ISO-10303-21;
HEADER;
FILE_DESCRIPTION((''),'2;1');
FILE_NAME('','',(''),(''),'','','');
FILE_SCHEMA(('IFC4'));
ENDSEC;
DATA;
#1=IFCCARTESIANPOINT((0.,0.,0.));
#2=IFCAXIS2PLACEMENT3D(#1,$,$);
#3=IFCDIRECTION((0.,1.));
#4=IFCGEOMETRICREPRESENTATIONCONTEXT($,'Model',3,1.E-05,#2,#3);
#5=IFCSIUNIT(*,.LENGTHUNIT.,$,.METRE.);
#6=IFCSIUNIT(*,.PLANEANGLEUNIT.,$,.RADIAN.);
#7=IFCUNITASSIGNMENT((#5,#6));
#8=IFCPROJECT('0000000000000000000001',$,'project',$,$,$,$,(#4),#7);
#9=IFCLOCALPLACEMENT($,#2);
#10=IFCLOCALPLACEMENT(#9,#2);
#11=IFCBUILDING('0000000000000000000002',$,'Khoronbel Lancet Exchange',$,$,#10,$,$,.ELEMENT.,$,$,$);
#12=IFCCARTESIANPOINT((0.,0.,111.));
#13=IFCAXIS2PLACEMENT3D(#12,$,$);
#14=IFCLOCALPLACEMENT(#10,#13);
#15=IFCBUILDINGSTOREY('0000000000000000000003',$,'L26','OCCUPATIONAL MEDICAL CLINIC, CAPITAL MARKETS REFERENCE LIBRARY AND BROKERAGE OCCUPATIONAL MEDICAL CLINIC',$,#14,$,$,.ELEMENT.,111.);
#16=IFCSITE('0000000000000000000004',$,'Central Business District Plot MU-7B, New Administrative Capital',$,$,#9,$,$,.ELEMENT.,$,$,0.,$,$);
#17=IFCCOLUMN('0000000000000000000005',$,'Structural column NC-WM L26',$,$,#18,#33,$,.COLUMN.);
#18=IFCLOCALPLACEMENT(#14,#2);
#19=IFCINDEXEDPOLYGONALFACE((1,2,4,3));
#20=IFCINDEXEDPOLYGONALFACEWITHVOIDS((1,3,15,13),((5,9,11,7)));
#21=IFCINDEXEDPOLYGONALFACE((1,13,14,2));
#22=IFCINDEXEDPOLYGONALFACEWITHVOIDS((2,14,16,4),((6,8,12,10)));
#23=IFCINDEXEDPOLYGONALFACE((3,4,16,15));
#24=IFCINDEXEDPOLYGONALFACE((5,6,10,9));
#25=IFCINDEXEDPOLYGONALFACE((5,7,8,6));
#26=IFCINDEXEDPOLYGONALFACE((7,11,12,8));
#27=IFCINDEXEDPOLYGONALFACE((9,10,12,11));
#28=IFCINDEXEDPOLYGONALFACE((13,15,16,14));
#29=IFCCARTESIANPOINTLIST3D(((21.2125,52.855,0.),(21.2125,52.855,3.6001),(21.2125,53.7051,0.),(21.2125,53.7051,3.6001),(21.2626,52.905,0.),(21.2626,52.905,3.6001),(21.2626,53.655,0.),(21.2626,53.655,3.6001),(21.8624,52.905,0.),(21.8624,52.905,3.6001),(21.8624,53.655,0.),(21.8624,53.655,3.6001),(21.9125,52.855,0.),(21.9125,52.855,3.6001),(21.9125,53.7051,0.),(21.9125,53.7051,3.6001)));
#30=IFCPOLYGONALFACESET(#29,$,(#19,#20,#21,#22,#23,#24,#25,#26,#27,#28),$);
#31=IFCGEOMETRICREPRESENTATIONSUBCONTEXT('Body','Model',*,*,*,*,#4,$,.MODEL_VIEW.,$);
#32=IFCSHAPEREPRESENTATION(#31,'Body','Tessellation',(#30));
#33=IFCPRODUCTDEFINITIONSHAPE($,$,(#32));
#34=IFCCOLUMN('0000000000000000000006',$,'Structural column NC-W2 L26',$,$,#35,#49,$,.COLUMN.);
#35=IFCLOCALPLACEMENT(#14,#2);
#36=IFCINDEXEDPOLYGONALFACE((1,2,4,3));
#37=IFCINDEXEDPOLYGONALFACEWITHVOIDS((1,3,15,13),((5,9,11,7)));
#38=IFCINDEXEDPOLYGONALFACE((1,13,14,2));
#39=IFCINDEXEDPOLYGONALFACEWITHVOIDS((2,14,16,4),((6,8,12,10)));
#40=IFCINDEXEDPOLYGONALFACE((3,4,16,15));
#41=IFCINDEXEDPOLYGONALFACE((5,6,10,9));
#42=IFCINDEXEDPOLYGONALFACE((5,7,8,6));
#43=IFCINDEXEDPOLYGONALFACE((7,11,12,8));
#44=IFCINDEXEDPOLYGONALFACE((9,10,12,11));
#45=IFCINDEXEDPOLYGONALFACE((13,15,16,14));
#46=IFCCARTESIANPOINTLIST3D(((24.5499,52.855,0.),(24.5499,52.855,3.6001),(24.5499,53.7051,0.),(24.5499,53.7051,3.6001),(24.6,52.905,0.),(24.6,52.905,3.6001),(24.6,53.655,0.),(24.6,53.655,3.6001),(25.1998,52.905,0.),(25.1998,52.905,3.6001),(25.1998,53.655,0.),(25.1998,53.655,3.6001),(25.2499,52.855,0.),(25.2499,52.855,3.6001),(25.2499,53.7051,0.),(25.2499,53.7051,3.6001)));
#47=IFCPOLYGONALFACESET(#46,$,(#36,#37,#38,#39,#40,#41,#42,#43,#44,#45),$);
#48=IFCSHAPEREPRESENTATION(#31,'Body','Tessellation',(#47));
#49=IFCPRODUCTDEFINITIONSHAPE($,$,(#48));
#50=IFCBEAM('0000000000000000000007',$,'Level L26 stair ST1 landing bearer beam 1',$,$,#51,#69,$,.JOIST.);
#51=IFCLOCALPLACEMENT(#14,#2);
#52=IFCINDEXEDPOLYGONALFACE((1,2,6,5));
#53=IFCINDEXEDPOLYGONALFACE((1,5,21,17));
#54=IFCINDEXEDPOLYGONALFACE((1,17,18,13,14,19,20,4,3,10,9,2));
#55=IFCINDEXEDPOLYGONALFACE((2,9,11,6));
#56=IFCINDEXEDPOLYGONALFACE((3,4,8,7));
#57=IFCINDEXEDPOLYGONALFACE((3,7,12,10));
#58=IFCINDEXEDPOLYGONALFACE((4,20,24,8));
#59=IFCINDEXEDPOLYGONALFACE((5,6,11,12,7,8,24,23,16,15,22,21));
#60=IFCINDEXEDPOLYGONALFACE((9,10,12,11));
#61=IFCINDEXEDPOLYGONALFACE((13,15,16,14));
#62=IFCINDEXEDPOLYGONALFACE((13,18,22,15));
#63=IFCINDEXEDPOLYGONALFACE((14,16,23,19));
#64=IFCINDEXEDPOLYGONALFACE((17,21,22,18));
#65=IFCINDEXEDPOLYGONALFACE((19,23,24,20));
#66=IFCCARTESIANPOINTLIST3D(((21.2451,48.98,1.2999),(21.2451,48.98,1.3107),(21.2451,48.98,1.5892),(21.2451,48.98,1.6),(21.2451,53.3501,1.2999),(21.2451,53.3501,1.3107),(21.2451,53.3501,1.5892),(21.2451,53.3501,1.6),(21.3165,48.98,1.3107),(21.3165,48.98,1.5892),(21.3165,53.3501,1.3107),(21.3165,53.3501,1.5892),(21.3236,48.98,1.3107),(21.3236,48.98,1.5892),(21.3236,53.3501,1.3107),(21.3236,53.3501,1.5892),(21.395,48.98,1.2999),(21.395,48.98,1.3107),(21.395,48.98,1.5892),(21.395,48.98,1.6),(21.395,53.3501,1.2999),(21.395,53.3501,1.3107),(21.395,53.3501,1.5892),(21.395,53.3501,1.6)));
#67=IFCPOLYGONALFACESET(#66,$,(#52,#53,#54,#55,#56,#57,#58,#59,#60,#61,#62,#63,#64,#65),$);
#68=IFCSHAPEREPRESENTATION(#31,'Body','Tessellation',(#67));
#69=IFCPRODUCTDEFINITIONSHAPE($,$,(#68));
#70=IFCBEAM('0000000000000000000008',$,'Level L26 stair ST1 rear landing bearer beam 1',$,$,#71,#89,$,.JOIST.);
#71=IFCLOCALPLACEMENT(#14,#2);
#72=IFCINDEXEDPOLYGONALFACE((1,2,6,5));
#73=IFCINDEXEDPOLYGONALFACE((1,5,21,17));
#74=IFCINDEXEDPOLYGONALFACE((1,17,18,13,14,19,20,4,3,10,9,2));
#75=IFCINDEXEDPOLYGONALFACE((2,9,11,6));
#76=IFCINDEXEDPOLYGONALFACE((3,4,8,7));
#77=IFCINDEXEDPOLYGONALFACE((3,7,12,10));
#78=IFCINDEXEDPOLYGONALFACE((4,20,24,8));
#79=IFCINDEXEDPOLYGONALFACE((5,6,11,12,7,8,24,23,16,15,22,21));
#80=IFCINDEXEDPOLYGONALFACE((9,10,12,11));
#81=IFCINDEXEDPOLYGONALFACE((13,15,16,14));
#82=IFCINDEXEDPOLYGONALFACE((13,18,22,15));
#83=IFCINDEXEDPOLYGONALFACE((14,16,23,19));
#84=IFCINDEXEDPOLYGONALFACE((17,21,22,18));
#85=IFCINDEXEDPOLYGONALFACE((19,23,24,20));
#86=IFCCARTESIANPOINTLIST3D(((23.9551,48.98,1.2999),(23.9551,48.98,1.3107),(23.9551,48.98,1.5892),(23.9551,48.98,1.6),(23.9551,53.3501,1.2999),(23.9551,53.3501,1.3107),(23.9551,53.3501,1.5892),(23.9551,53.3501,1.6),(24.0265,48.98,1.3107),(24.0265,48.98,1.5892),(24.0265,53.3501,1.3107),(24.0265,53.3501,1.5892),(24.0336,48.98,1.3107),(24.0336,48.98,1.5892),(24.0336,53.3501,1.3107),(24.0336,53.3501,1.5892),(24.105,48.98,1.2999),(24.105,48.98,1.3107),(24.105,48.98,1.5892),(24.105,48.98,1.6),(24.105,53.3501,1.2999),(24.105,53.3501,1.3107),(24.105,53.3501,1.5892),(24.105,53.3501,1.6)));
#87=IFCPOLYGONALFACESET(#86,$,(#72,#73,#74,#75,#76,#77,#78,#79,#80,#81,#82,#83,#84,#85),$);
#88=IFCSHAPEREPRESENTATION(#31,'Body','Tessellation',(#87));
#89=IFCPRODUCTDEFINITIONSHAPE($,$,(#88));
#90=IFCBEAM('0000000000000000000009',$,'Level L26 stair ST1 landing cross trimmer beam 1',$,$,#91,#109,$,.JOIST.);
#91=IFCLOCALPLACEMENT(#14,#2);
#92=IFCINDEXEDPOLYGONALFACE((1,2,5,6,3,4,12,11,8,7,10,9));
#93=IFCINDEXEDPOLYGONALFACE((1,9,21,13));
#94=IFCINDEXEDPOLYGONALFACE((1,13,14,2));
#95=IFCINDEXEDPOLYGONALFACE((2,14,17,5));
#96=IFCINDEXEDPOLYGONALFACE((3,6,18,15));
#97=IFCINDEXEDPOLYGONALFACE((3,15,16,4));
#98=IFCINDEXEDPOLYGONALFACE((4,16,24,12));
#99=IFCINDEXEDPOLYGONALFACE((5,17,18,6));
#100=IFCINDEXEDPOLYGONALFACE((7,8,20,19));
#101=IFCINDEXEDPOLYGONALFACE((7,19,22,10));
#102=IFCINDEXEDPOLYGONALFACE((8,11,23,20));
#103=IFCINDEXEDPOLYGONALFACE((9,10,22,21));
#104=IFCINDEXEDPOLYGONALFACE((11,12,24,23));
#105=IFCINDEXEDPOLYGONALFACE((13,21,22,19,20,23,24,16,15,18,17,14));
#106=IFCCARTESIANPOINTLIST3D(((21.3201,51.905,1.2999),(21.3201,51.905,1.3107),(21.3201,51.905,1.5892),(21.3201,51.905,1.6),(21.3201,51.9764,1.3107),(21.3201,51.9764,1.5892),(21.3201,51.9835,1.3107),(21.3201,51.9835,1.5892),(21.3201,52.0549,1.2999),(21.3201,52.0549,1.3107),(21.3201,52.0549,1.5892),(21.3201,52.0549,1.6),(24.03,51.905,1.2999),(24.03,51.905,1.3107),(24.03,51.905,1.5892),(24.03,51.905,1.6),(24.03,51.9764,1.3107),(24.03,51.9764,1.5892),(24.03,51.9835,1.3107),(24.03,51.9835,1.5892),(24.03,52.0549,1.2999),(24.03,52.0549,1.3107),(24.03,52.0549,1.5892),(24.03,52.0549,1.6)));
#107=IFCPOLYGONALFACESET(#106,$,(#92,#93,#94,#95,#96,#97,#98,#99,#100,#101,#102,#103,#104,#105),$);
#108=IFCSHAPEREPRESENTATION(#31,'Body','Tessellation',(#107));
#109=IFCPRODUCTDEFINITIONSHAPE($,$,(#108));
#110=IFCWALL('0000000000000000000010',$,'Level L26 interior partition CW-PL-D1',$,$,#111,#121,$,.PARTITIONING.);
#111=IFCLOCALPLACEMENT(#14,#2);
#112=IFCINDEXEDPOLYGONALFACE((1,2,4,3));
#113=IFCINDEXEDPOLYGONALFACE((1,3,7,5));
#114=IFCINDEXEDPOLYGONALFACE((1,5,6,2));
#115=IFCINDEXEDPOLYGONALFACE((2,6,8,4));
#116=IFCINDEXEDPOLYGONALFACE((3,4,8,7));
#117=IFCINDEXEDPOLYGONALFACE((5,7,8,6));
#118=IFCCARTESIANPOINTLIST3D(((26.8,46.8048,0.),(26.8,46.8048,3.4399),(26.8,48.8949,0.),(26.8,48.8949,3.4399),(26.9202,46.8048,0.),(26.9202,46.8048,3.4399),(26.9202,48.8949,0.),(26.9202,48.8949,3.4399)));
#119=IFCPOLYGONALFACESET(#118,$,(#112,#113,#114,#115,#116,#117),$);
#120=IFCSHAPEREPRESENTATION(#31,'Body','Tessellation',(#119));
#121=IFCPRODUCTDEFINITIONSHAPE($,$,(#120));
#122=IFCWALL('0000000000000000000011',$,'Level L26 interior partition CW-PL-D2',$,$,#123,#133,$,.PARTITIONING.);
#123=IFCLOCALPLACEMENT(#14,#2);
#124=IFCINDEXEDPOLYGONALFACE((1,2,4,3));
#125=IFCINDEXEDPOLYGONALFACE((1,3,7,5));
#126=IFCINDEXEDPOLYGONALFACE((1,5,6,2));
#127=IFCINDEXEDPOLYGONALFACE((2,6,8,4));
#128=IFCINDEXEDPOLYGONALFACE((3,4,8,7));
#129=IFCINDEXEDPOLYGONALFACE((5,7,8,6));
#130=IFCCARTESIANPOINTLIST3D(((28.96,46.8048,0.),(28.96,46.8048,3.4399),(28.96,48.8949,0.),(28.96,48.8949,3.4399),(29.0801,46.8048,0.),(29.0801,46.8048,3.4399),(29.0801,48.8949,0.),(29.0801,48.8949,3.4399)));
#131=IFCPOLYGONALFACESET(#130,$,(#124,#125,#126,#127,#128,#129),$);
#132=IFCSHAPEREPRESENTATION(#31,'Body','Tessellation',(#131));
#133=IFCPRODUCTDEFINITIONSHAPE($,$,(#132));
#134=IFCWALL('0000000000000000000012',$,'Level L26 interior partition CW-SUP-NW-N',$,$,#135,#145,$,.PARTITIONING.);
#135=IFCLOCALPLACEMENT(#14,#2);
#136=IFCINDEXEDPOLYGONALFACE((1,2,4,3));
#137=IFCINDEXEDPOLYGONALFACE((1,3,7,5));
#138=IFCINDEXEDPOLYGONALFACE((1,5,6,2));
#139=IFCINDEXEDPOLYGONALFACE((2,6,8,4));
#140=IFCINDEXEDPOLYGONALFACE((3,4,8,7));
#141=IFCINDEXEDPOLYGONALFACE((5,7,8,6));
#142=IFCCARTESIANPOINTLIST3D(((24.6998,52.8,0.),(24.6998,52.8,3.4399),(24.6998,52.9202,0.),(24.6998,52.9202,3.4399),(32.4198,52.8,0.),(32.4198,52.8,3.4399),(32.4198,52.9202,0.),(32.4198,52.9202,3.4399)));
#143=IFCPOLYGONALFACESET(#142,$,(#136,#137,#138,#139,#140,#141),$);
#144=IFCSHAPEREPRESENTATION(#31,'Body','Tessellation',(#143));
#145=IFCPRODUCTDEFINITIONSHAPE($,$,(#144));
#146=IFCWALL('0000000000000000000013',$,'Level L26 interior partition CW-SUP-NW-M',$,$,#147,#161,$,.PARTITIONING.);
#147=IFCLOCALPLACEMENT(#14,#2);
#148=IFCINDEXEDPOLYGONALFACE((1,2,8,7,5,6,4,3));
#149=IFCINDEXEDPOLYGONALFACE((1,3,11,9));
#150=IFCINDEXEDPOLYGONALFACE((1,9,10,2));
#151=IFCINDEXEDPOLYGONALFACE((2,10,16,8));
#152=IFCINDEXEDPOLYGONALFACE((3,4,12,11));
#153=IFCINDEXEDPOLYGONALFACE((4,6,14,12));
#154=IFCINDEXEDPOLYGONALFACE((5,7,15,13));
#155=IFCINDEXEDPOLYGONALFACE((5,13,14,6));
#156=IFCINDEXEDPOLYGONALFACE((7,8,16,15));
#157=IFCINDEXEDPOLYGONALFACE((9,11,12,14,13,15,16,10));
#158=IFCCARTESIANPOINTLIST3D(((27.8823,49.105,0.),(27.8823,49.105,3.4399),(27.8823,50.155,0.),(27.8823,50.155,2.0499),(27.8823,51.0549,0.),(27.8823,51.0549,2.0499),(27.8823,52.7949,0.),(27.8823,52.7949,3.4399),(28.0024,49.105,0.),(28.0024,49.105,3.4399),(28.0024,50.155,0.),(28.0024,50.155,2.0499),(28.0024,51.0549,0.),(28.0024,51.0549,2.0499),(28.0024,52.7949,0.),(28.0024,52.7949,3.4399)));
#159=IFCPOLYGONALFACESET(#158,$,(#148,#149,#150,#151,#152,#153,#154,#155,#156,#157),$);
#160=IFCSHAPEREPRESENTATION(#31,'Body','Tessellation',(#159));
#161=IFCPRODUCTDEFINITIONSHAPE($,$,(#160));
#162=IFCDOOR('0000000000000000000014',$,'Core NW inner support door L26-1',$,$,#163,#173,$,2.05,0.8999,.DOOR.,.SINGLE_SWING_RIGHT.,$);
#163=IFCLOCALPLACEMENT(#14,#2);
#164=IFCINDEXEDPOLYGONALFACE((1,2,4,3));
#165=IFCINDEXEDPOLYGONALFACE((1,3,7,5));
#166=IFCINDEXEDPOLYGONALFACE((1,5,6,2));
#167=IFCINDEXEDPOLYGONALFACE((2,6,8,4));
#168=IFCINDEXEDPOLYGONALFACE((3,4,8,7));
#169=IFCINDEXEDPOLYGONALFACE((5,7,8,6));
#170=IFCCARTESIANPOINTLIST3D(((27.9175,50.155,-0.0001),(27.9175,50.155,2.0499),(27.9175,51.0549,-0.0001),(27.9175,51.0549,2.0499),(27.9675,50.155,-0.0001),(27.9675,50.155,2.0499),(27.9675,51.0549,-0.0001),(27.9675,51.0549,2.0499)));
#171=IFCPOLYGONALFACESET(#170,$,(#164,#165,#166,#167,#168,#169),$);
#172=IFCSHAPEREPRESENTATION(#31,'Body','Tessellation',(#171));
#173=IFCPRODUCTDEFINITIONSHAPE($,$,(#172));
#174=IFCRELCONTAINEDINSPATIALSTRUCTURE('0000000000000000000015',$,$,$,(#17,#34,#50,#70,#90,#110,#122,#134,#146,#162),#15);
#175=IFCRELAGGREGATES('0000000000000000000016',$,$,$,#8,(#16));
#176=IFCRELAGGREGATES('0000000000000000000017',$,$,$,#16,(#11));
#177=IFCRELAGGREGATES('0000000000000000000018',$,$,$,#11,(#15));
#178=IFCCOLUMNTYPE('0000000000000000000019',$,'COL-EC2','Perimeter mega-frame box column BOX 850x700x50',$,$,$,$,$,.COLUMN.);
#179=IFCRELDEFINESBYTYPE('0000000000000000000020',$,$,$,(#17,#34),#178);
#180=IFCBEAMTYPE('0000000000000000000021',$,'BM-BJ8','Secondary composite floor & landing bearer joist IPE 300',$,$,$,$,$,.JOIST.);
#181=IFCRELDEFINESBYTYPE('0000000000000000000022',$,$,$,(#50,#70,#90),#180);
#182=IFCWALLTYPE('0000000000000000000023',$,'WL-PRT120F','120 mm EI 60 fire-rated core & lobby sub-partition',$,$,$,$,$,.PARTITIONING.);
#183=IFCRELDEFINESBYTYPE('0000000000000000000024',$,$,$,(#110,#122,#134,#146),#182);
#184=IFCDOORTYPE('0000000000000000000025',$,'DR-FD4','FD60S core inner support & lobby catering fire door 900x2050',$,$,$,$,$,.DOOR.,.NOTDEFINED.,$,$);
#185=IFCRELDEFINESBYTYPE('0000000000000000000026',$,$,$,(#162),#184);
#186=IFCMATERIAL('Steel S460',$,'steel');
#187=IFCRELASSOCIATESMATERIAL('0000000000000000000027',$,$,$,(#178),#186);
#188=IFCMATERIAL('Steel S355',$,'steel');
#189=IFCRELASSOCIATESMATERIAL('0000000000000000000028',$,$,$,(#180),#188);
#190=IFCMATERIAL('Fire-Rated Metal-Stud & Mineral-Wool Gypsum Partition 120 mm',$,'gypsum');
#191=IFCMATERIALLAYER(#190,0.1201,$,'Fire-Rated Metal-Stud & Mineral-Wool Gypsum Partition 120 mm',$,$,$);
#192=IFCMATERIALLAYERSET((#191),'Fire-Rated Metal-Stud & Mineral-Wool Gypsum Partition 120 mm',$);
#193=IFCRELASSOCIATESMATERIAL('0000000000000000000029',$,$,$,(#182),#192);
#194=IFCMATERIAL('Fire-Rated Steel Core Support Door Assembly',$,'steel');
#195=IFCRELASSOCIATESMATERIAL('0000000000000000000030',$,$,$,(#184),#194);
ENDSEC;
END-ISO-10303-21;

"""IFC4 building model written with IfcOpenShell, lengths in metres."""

from ifc_helpers import new_model, si_unit, direction, frame, frame_2d, origin, origin_2d, place, context, subcontext, project, spatial, rectangle, hollow_rectangle, i_section, extrude, material, layer, layer_set, material_profile, profile_set, type_object, element, fill, save


model = new_model("IFC4")

# Units and contexts
model_context = context("Model", 3, precision=1e-05, world=origin(), true_north=direction((0.0, 1.0)))
body_context = subcontext(model_context, "Body", "Model", "MODEL_VIEW")
ifc_project = project(units=[si_unit("LENGTHUNIT", "METRE"), si_unit("PLANEANGLEUNIT", "RADIAN")], contexts=[model_context])

# Site, building, storey
site_placement = place(None, origin())
site = spatial("IfcSite", under=ifc_project, at=site_placement, Name="Central Business District Plot MU-7B, New Administrative Capital", CompositionType="ELEMENT", RefElevation=0.0)
building_placement = place(site_placement, origin())
building = spatial("IfcBuilding", under=site, at=building_placement, Name="Khoronbel Lancet Exchange", CompositionType="ELEMENT")
storey_placement = place(building_placement, frame((0.0, 0.0, 111.0)))
storey = spatial("IfcBuildingStorey", under=building, at=storey_placement, Name="L26", Description="OCCUPATIONAL MEDICAL CLINIC, CAPITAL MARKETS REFERENCE LIBRARY AND BROKERAGE OCCUPATIONAL MEDICAL CLINIC", CompositionType="ELEMENT", Elevation=111.0)

# Columns
ifc_material_1 = material(Name="Steel S460", Category="steel")
ifc_material_profile_1 = material_profile(ifc_material_1, hollow_rectangle(XDim=0.7, YDim=0.8501, WallThickness=0.05, at=origin_2d()), Name="BOX 850x700x50")
ifc_profile_set_1 = profile_set([ifc_material_profile_1], Name="Steel S460")
column_type = type_object("IfcColumnType", Name="COL-EC2", Description="Perimeter mega-frame box column BOX 850x700x50", PredefinedType="COLUMN", material=ifc_profile_set_1)
for number, where, z_axis, x_axis, name in (
    (1, (21.5625, 53.28, 0.0), (0.0, 0.0, 1.0), (1.0, 0.0, 0.0), "Structural column NC-WM L26"),
    (2, (24.8999, 53.28, 0.0), (0.0, 0.0, 1.0), (1.0, 0.0, 0.0), "Structural column NC-W2 L26"),
):
    element("IfcColumn", number, at=place(storey_placement, frame(where, z_axis=z_axis, x_axis=x_axis)), inside=storey, type_object=column_type, Name=name, PredefinedType="COLUMN", context=body_context, shape_type="SweptSolid", body=[
        extrude(hollow_rectangle(XDim=0.7, YDim=0.8501, WallThickness=0.05, at=origin_2d()), origin(), (0.0, 0.0, 1.0), 3.6001),
    ])

# Beams
ifc_material_2 = material(Name="Steel S355", Category="steel")
ifc_material_profile_2 = material_profile(ifc_material_2, i_section(OverallWidth=0.1499, OverallDepth=0.3, WebThickness=0.0071, FlangeThickness=0.0107, at=origin_2d()), Name="IPE 300")
ifc_profile_set_2 = profile_set([ifc_material_profile_2], Name="Steel S355")
beam_type = type_object("IfcBeamType", Name="BM-BJ8", Description="Secondary composite floor & landing bearer joist IPE 300", PredefinedType="JOIST", material=ifc_profile_set_2)
for number, where, z_axis, x_axis, name in (
    (3, (21.3201, 48.98, 1.45), (0.0, 1.0, 0.0), (-1.0, 0.0, 0.0), "Level L26 stair ST1 landing bearer beam 1"),
    (4, (24.03, 48.98, 1.45), (0.0, 1.0, 0.0), (-1.0, 0.0, 0.0), "Level L26 stair ST1 rear landing bearer beam 1"),
):
    element("IfcBeam", number, at=place(storey_placement, frame(where, z_axis=z_axis, x_axis=x_axis)), inside=storey, type_object=beam_type, Name=name, PredefinedType="JOIST", context=body_context, shape_type="SweptSolid", body=[
        extrude(i_section(OverallWidth=0.1499, OverallDepth=0.3, WebThickness=0.0071, FlangeThickness=0.0107, at=origin_2d()), origin(), (0.0, 0.0, 1.0), 4.3701),
    ])
beam_placement = place(storey_placement, frame((21.3201, 51.98, 1.45), z_axis=(1.0, 0.0, 0.0), x_axis=(0.0, 1.0, 0.0)))
element("IfcBeam", 5, at=beam_placement, inside=storey, type_object=beam_type, Name="Level L26 stair ST1 landing cross trimmer beam 1", PredefinedType="JOIST", context=body_context, shape_type="SweptSolid", body=[
    extrude(i_section(OverallWidth=0.1499, OverallDepth=0.3, WebThickness=0.0071, FlangeThickness=0.0107, at=origin_2d()), origin(), (0.0, 0.0, 1.0), 2.71),
])

# Walls
ifc_material_3 = material(Name="Fire-Rated Metal-Stud & Mineral-Wool Gypsum Partition 120 mm", Category="gypsum")
ifc_layer_1 = layer(ifc_material_3, 0.1201, Name="Fire-Rated Metal-Stud & Mineral-Wool Gypsum Partition 120 mm")
ifc_layer_set_1 = layer_set([ifc_layer_1], Name="Fire-Rated Metal-Stud & Mineral-Wool Gypsum Partition 120 mm")
wall_type_1 = type_object("IfcWallType", Name="WL-PRT120F", Description="120 mm EI 60 fire-rated core & lobby sub-partition", PredefinedType="PARTITIONING", material=ifc_layer_set_1)
for number, where, z_axis, x_axis, name in (
    (6, (26.8601, 46.8049, 0.0), (0.0, 0.0, 1.0), (0.0, 1.0, 0.0), "Level L26 interior partition CW-PL-D1"),
    (7, (29.02, 46.8049, 0.0), (0.0, 0.0, 1.0), (0.0, 1.0, 0.0), "Level L26 interior partition CW-PL-D2"),
):
    element("IfcWall", number, at=place(storey_placement, frame(where, z_axis=z_axis, x_axis=x_axis)), inside=storey, type_object=wall_type_1, Name=name, PredefinedType="PARTITIONING", context=body_context, shape_type="SweptSolid", body=[
        extrude(rectangle(XDim=2.0901, YDim=0.1201, at=frame_2d((1.0449, 0.0))), origin(), (0.0, 0.0, 1.0), 3.4399),
    ])
wall_1_placement = place(storey_placement, frame((24.7, 52.8601, 0.0), z_axis=(0.0, 0.0, 1.0), x_axis=(1.0, 0.0, 0.0)))
element("IfcWall", 8, at=wall_1_placement, inside=storey, type_object=wall_type_1, Name="Level L26 interior partition CW-SUP-NW-N", PredefinedType="PARTITIONING", context=body_context, shape_type="SweptSolid", body=[
    extrude(rectangle(XDim=7.72, YDim=0.1201, at=frame_2d((3.8599, 0.0))), origin(), (0.0, 0.0, 1.0), 3.4399),
])

# Wall, opening, door
wall_2_placement = place(storey_placement, frame((27.9424, 49.105, 0.0), z_axis=(0.0, 0.0, 1.0), x_axis=(0.0, 1.0, 0.0)))
wall_2 = element("IfcWall", 9, at=wall_2_placement, inside=storey, type_object=wall_type_1, Name="Level L26 interior partition CW-SUP-NW-M", PredefinedType="PARTITIONING", context=body_context, shape_type="SweptSolid", body=[
    extrude(rectangle(XDim=3.6899, YDim=0.1201, at=frame_2d((1.845, 0.0))), origin(), (0.0, 0.0, 1.0), 3.4399),
])
opening_1_placement = place(wall_2_placement, frame((1.05, 0.0, 0.0)))
opening_1 = element("IfcOpeningElement", 10, at=opening_1_placement, cuts=wall_2, PredefinedType="OPENING", context=body_context, shape_type="SweptSolid", body=[
    extrude(rectangle(XDim=0.8999, YDim=2.05, at=frame_2d((0.45, 1.0249))), frame((0.0, 0.0701, 0.0), z_axis=(0.0, -1.0, 0.0), x_axis=(1.0, 0.0, 0.0)), (0.0, 0.0, 1.0), 0.1401),
])
ifc_material_4 = material(Name="Fire-Rated Steel Core Support Door Assembly", Category="steel")
door_type_1 = type_object("IfcDoorType", Name="DR-FD4", Description="FD60S core inner support & lobby catering fire door 900x2050", OperationType="NOTDEFINED", PredefinedType="DOOR", material=ifc_material_4)
door_1_placement = place(opening_1_placement, origin())
door_1 = element("IfcDoor", 11, at=door_1_placement, inside=storey, type_object=door_type_1, Name="Core NW inner support door L26-1", OperationType="SINGLE_SWING_RIGHT", OverallHeight=2.05, OverallWidth=0.8999, PredefinedType="DOOR", context=body_context, shape_type="SweptSolid", body=[
    extrude(rectangle(XDim=0.8999, YDim=2.05, at=frame_2d((0.45, 1.0249))), frame((0.0, 0.0249, 0.0), z_axis=(0.0, -1.0, 0.0), x_axis=(1.0, 0.0, 0.0)), (0.0, 0.0, 1.0), 0.05),
])
fill(opening_1, door_1)

save(model, "model.ifc")
